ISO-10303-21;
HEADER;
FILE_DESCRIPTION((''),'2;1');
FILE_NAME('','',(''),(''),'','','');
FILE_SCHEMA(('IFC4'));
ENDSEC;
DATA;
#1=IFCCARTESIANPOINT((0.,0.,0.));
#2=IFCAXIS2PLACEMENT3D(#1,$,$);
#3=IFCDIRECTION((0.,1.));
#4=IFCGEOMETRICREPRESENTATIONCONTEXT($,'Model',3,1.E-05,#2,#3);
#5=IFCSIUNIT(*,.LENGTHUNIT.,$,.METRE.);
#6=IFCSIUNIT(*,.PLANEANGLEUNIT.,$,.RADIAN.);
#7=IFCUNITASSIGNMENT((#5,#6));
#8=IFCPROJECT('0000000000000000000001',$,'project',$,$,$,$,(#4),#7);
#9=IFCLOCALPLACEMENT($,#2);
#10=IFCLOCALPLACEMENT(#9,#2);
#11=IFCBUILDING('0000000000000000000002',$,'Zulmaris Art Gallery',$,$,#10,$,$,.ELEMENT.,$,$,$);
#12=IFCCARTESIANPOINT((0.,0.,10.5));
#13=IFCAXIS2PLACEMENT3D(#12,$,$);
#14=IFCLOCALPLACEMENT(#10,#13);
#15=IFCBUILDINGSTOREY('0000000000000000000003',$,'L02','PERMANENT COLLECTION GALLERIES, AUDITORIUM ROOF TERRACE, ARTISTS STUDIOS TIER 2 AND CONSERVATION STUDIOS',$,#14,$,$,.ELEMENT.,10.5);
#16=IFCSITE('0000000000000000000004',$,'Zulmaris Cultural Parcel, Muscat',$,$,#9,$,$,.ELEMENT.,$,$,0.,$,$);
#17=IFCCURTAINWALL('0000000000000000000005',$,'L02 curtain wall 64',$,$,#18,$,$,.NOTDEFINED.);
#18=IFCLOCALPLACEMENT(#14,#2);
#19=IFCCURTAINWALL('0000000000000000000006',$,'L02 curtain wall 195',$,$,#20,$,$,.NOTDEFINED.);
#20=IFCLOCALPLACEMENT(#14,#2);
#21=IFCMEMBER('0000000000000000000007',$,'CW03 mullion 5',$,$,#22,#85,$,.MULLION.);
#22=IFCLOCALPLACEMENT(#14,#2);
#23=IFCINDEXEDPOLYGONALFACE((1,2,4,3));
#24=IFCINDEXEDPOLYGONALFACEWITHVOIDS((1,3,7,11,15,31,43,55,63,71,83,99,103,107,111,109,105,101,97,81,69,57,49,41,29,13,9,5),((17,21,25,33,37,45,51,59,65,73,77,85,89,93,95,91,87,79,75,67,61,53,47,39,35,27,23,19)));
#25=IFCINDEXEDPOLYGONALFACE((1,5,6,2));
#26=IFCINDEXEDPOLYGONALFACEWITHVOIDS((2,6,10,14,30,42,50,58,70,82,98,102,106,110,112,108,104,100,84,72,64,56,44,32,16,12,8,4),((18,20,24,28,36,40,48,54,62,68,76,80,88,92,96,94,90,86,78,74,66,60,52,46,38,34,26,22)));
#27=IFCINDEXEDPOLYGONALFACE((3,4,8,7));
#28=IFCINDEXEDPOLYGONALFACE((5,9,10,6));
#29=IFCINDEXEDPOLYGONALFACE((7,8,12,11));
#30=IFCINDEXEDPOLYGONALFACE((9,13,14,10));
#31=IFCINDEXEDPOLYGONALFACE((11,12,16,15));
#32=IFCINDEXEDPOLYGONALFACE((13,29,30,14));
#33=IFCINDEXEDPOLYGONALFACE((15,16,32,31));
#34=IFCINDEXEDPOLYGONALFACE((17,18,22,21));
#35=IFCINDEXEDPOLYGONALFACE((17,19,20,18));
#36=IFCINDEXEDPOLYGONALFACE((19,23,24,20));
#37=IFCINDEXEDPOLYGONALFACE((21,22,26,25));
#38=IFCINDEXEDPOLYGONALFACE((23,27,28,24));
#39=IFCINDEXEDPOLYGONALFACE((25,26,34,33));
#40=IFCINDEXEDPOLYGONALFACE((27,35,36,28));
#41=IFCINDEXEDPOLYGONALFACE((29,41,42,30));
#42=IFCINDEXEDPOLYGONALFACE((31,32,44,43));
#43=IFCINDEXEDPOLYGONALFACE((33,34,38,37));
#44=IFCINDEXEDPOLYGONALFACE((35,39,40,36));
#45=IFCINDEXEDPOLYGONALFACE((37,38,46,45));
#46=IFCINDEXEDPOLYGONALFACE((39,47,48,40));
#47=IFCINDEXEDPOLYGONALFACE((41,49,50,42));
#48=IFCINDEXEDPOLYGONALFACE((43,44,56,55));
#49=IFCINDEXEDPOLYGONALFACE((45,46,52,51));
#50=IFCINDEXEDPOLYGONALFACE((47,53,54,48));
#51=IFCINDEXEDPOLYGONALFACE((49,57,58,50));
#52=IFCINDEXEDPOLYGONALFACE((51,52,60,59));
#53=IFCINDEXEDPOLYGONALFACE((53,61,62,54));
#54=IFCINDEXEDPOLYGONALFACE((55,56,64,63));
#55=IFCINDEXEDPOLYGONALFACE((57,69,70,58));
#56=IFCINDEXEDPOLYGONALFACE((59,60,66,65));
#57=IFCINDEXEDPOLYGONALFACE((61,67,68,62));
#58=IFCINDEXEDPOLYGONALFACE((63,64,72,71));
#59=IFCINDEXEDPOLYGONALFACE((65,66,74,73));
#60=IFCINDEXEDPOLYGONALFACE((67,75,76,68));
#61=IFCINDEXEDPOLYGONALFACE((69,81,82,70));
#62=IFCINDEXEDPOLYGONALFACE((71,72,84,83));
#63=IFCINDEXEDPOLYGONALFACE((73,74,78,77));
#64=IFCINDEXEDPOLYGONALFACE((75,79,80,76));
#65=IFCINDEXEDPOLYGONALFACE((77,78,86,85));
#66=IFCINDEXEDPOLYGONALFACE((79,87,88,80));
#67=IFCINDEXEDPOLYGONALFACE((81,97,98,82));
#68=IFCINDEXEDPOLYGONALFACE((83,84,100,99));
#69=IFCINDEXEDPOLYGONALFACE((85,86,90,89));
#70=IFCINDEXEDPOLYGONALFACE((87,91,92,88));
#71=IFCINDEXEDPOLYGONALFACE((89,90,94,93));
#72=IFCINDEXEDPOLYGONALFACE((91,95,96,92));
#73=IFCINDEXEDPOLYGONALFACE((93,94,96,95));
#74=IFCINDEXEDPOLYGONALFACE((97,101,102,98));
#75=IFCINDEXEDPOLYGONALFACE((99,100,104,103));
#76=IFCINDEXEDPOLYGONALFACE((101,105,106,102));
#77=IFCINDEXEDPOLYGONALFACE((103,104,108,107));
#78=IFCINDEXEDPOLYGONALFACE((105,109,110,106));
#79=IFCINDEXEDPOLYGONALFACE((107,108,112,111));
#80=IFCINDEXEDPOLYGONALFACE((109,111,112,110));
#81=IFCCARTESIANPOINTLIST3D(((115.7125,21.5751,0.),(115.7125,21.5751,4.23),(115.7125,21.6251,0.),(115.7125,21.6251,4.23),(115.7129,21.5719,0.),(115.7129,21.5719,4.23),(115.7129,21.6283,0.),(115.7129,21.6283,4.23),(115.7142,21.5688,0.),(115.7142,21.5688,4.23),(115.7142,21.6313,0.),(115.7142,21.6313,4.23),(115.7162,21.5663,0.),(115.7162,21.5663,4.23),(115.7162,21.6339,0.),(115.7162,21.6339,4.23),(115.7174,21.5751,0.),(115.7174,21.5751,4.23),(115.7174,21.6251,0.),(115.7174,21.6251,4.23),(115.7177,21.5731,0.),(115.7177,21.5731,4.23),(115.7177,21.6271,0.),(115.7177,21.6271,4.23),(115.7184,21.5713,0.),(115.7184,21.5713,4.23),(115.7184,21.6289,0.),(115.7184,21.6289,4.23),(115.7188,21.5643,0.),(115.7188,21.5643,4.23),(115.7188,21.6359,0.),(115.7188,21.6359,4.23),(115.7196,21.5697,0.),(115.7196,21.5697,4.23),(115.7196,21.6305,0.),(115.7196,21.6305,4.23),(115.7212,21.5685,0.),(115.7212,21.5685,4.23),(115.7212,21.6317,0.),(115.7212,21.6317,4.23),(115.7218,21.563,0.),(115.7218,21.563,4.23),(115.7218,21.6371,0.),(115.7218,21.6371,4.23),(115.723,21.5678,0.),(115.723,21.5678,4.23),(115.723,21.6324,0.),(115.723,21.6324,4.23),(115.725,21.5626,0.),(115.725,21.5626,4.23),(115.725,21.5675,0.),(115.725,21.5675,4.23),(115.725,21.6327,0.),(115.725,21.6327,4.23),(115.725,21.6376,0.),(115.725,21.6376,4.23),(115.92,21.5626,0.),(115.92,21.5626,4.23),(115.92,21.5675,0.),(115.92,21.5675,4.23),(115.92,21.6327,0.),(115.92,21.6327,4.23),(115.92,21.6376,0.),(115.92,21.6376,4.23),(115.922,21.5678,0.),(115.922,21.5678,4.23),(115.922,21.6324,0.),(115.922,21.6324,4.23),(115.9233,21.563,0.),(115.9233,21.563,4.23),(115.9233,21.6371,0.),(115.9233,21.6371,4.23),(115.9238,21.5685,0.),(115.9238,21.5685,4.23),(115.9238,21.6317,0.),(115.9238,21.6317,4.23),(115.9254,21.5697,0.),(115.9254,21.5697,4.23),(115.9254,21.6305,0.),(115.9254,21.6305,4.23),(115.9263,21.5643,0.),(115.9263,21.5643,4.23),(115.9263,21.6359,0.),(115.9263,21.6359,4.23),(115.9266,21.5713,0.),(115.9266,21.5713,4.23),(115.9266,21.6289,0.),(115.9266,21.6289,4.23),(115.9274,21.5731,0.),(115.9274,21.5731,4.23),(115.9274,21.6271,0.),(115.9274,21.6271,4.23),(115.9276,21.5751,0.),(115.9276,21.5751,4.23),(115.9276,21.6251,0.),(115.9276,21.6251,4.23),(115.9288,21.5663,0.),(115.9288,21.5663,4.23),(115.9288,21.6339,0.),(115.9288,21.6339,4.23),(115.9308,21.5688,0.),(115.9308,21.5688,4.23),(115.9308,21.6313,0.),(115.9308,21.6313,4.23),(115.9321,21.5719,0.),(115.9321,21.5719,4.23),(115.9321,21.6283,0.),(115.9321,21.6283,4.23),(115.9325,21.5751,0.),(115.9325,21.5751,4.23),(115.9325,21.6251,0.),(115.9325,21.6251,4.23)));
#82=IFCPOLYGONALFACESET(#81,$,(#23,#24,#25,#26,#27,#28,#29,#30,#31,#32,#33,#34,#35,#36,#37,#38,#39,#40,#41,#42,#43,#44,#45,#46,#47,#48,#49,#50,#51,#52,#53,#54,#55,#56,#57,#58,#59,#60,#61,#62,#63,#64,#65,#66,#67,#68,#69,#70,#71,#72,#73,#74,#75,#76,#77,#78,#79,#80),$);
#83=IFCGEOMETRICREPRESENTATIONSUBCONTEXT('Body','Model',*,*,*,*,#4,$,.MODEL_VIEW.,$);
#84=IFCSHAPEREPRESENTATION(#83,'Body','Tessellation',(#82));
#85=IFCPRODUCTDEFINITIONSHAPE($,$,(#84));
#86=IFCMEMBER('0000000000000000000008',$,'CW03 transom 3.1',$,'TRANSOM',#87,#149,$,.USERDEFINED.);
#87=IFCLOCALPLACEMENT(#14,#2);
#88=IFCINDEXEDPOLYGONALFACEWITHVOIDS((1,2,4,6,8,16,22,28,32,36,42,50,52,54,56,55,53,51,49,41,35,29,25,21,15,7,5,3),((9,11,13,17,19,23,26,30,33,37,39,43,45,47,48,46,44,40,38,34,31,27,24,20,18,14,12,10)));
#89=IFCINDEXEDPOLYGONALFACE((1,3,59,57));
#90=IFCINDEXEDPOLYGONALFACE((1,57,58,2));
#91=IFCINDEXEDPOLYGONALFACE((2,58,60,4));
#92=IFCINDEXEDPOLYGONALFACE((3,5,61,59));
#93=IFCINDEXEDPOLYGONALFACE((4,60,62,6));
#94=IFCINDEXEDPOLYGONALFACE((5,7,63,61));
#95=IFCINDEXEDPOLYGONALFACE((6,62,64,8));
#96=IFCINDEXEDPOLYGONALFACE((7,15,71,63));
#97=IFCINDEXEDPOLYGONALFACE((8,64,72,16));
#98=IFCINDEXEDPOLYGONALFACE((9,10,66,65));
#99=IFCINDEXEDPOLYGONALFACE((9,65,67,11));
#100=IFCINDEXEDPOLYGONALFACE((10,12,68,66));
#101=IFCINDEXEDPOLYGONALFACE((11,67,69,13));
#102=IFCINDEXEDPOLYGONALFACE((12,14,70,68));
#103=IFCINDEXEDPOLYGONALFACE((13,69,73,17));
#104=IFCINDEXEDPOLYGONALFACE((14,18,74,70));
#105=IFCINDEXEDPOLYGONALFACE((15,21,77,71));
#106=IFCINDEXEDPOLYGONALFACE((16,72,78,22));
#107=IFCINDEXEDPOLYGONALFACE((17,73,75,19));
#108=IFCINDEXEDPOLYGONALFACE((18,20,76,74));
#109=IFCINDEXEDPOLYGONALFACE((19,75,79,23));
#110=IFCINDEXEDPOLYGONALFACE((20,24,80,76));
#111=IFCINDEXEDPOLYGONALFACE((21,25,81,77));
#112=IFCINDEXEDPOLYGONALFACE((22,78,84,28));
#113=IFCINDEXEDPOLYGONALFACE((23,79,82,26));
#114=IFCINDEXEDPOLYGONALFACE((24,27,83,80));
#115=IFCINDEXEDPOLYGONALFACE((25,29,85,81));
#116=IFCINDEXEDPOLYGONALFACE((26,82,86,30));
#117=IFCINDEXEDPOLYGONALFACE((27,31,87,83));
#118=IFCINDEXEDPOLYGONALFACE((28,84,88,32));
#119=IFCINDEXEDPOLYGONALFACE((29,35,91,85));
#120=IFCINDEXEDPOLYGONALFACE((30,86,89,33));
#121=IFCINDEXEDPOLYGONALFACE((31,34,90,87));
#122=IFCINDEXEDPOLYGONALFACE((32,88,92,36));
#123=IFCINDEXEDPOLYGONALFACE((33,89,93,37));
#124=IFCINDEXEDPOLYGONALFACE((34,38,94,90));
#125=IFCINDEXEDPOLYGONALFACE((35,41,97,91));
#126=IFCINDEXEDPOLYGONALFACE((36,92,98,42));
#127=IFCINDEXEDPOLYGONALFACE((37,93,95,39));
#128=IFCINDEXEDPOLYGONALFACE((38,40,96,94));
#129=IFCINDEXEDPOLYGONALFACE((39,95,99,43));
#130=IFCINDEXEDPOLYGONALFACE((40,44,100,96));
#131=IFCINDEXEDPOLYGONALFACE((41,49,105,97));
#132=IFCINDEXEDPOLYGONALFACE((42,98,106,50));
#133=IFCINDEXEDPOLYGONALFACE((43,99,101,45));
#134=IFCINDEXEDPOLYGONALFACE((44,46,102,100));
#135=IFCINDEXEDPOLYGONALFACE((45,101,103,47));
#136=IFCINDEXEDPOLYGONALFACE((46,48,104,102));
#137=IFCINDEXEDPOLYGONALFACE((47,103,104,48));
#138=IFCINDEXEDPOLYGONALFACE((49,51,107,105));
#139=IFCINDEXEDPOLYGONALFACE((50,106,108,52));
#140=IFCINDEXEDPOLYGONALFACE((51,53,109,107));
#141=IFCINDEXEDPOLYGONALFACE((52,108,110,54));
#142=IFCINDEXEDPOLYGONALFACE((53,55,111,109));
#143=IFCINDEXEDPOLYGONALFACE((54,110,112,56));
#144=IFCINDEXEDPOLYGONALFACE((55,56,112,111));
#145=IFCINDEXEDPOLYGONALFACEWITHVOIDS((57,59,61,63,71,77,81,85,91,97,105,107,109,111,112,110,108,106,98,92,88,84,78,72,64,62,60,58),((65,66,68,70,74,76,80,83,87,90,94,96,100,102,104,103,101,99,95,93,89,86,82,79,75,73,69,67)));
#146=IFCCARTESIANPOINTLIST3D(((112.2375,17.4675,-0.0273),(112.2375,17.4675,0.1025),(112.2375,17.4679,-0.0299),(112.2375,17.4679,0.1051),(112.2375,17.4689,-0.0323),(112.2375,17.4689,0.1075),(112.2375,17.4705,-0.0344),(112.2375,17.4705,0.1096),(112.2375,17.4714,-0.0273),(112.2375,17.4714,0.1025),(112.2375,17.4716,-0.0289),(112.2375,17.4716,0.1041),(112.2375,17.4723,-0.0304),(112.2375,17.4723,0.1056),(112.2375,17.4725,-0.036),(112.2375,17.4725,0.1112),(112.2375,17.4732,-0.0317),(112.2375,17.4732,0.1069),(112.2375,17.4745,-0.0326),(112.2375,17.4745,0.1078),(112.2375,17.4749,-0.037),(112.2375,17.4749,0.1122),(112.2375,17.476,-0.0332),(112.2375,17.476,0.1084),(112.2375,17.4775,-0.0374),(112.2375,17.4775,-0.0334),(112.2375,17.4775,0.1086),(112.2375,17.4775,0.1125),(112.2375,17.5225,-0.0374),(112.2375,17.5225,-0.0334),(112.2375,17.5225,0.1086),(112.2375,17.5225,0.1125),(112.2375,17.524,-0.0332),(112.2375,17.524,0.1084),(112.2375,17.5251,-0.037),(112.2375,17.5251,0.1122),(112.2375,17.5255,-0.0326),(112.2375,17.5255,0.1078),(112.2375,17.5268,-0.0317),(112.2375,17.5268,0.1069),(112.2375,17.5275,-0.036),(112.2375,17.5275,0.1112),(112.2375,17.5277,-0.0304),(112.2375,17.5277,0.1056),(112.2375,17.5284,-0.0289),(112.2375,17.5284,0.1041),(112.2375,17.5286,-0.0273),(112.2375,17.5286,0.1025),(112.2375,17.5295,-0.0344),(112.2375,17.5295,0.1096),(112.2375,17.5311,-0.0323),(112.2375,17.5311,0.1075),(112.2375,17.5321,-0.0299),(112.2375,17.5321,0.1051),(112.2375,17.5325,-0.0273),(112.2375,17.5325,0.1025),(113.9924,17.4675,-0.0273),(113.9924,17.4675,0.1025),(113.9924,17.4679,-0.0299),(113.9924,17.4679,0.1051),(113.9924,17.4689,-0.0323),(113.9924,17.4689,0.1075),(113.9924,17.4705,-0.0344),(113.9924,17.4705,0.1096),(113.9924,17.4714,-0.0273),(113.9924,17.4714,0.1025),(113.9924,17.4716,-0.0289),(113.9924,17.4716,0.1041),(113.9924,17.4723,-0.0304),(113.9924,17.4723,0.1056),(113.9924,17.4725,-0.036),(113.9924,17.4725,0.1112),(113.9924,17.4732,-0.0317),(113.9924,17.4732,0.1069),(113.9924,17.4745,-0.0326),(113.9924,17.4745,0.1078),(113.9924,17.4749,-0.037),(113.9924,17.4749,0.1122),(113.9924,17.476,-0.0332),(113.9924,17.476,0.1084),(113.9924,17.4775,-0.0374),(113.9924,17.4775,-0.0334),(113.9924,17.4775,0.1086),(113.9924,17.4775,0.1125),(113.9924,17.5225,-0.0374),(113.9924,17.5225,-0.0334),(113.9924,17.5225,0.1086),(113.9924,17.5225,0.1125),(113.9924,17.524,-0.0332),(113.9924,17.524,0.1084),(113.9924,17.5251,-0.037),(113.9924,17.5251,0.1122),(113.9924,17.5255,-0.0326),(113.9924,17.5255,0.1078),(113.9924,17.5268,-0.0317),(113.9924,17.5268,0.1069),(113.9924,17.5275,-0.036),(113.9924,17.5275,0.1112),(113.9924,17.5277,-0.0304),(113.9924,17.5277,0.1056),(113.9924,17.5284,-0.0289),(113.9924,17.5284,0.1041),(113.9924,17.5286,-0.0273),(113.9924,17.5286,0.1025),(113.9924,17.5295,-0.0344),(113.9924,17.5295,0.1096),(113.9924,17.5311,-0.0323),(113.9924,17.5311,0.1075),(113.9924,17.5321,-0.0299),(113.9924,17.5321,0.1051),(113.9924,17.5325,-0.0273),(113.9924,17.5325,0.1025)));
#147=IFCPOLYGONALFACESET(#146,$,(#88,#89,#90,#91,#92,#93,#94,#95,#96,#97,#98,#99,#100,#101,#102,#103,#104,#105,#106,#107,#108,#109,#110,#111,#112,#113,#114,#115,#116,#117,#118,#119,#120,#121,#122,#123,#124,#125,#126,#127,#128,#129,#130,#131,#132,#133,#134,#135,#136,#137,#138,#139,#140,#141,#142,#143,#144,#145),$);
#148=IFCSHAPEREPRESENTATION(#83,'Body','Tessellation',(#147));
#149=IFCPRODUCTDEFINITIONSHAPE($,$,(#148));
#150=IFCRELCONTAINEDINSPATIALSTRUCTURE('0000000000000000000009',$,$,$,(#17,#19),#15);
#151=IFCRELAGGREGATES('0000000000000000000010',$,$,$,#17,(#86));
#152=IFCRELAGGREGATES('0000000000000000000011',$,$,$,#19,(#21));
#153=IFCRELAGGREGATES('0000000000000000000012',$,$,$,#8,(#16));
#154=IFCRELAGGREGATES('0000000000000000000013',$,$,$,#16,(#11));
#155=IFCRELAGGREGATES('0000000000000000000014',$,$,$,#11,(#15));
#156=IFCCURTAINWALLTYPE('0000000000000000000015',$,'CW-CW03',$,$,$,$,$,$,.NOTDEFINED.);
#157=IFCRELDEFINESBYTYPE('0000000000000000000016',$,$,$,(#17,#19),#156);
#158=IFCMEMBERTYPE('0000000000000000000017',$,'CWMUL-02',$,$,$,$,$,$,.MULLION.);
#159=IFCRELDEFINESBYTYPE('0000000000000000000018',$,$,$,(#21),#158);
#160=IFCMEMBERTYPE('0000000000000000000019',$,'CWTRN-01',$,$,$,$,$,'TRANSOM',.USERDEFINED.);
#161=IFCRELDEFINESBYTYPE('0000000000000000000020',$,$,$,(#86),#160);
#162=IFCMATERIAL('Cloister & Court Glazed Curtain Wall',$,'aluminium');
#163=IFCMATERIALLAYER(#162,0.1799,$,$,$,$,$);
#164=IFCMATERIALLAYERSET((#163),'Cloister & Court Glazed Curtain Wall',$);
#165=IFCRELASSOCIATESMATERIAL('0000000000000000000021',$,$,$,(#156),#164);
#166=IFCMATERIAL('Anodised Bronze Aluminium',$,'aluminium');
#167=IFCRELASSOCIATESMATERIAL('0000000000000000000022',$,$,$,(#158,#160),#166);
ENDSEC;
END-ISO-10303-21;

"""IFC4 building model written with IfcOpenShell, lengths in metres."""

from ifc_helpers import new_model, si_unit, direction, frame, origin, origin_2d, place, context, subcontext, project, spatial, hollow_rectangle, extrude, material, layer, layer_set, material_profile, profile_set, type_object, element, aggregate, save


model = new_model("IFC4")

# Units and contexts
model_context = context("Model", 3, precision=1e-05, world=origin(), true_north=direction((0.0, 1.0)))
body_context = subcontext(model_context, "Body", "Model", "MODEL_VIEW")
ifc_project = project(units=[si_unit("LENGTHUNIT", "METRE"), si_unit("PLANEANGLEUNIT", "RADIAN")], contexts=[model_context])

# Site, building, storey
site_placement = place(None, origin())
site = spatial("IfcSite", under=ifc_project, at=site_placement, Name="Zulmaris Cultural Parcel, Muscat", CompositionType="ELEMENT", RefElevation=0.0)
building_placement = place(site_placement, origin())
building = spatial("IfcBuilding", under=site, at=building_placement, Name="Zulmaris Art Gallery", CompositionType="ELEMENT")
storey_placement = place(building_placement, frame((0.0, 0.0, 10.5)))
storey = spatial("IfcBuildingStorey", under=building, at=storey_placement, Name="L02", Description="PERMANENT COLLECTION GALLERIES, AUDITORIUM ROOF TERRACE, ARTISTS STUDIOS TIER 2 AND CONSERVATION STUDIOS", CompositionType="ELEMENT", Elevation=10.5)

# Curtain walls, member
ifc_material_1 = material(Name="Cloister & Court Glazed Curtain Wall", Category="aluminium")
ifc_layer_1 = layer(ifc_material_1, 0.1799)
ifc_layer_set_1 = layer_set([ifc_layer_1], Name="Cloister & Court Glazed Curtain Wall")
curtain_wall_type = type_object("IfcCurtainWallType", Name="CW-CW03", PredefinedType="NOTDEFINED", material=ifc_layer_set_1)
curtain_wall_1_placement = place(storey_placement, origin())
curtain_wall_1 = element("IfcCurtainWall", 1, at=curtain_wall_1_placement, inside=storey, type_object=curtain_wall_type, Name="L02 curtain wall 64", PredefinedType="NOTDEFINED")
ifc_material_2 = material(Name="Anodised Bronze Aluminium", Category="aluminium")
ifc_material_profile_1 = material_profile(ifc_material_2, hollow_rectangle(XDim=0.075, YDim=0.22, WallThickness=0.0049, InnerFilletRadius=0.0076, OuterFilletRadius=0.0125, at=origin_2d()), Name="ALU 75x220x5")
ifc_profile_set_1 = profile_set([ifc_material_profile_1], Name="Anodised Bronze Aluminium")
member_type_1 = type_object("IfcMemberType", Name="CWMUL-02", PredefinedType="MULLION", material=ifc_profile_set_1)
curtain_wall_2_placement = place(storey_placement, origin())
curtain_wall_2 = element("IfcCurtainWall", 2, at=curtain_wall_2_placement, inside=storey, type_object=curtain_wall_type, Name="L02 curtain wall 195", PredefinedType="NOTDEFINED")
member_1_placement = place(storey_placement, frame((115.8225, 21.6001, 0.0), z_axis=(0.0, 0.0, 1.0), x_axis=(0.0, 1.0, 0.0)))
member_1 = element("IfcMember", 3, at=member_1_placement, type_object=member_type_1, Name="CW03 mullion 5", PredefinedType="MULLION", context=body_context, shape_type="SweptSolid", body=[
    extrude(hollow_rectangle(XDim=0.075, YDim=0.22, WallThickness=0.0049, InnerFilletRadius=0.0076, OuterFilletRadius=0.0125, at=origin_2d()), origin(), (0.0, 0.0, 1.0), 4.23),
])

# Member
ifc_material_profile_2 = material_profile(ifc_material_2, hollow_rectangle(XDim=0.0649, YDim=0.1499, WallThickness=0.0039, InnerFilletRadius=0.0061, OuterFilletRadius=0.01, at=origin_2d()), Name="ALU 65x150x4")
ifc_profile_set_2 = profile_set([ifc_material_profile_2], Name="Anodised Bronze Aluminium")
member_type_2 = type_object("IfcMemberType", Name="CWTRN-01", ElementType="TRANSOM", PredefinedType="USERDEFINED", material=ifc_profile_set_2)
member_2_placement = place(storey_placement, frame((112.2375, 17.5, 0.0376), z_axis=(1.0, 0.0, 0.0), x_axis=(0.0, 1.0, 0.0)))
member_2 = element("IfcMember", 4, at=member_2_placement, type_object=member_type_2, Name="CW03 transom 3.1", ObjectType="TRANSOM", PredefinedType="USERDEFINED", context=body_context, shape_type="SweptSolid", body=[
    extrude(hollow_rectangle(XDim=0.0649, YDim=0.1499, WallThickness=0.0039, InnerFilletRadius=0.0061, OuterFilletRadius=0.01, at=origin_2d()), origin(), (0.0, 0.0, 1.0), 1.7549),
])

aggregate(curtain_wall_1, [member_2])
aggregate(curtain_wall_2, [member_1])

save(model, "model.ifc")
